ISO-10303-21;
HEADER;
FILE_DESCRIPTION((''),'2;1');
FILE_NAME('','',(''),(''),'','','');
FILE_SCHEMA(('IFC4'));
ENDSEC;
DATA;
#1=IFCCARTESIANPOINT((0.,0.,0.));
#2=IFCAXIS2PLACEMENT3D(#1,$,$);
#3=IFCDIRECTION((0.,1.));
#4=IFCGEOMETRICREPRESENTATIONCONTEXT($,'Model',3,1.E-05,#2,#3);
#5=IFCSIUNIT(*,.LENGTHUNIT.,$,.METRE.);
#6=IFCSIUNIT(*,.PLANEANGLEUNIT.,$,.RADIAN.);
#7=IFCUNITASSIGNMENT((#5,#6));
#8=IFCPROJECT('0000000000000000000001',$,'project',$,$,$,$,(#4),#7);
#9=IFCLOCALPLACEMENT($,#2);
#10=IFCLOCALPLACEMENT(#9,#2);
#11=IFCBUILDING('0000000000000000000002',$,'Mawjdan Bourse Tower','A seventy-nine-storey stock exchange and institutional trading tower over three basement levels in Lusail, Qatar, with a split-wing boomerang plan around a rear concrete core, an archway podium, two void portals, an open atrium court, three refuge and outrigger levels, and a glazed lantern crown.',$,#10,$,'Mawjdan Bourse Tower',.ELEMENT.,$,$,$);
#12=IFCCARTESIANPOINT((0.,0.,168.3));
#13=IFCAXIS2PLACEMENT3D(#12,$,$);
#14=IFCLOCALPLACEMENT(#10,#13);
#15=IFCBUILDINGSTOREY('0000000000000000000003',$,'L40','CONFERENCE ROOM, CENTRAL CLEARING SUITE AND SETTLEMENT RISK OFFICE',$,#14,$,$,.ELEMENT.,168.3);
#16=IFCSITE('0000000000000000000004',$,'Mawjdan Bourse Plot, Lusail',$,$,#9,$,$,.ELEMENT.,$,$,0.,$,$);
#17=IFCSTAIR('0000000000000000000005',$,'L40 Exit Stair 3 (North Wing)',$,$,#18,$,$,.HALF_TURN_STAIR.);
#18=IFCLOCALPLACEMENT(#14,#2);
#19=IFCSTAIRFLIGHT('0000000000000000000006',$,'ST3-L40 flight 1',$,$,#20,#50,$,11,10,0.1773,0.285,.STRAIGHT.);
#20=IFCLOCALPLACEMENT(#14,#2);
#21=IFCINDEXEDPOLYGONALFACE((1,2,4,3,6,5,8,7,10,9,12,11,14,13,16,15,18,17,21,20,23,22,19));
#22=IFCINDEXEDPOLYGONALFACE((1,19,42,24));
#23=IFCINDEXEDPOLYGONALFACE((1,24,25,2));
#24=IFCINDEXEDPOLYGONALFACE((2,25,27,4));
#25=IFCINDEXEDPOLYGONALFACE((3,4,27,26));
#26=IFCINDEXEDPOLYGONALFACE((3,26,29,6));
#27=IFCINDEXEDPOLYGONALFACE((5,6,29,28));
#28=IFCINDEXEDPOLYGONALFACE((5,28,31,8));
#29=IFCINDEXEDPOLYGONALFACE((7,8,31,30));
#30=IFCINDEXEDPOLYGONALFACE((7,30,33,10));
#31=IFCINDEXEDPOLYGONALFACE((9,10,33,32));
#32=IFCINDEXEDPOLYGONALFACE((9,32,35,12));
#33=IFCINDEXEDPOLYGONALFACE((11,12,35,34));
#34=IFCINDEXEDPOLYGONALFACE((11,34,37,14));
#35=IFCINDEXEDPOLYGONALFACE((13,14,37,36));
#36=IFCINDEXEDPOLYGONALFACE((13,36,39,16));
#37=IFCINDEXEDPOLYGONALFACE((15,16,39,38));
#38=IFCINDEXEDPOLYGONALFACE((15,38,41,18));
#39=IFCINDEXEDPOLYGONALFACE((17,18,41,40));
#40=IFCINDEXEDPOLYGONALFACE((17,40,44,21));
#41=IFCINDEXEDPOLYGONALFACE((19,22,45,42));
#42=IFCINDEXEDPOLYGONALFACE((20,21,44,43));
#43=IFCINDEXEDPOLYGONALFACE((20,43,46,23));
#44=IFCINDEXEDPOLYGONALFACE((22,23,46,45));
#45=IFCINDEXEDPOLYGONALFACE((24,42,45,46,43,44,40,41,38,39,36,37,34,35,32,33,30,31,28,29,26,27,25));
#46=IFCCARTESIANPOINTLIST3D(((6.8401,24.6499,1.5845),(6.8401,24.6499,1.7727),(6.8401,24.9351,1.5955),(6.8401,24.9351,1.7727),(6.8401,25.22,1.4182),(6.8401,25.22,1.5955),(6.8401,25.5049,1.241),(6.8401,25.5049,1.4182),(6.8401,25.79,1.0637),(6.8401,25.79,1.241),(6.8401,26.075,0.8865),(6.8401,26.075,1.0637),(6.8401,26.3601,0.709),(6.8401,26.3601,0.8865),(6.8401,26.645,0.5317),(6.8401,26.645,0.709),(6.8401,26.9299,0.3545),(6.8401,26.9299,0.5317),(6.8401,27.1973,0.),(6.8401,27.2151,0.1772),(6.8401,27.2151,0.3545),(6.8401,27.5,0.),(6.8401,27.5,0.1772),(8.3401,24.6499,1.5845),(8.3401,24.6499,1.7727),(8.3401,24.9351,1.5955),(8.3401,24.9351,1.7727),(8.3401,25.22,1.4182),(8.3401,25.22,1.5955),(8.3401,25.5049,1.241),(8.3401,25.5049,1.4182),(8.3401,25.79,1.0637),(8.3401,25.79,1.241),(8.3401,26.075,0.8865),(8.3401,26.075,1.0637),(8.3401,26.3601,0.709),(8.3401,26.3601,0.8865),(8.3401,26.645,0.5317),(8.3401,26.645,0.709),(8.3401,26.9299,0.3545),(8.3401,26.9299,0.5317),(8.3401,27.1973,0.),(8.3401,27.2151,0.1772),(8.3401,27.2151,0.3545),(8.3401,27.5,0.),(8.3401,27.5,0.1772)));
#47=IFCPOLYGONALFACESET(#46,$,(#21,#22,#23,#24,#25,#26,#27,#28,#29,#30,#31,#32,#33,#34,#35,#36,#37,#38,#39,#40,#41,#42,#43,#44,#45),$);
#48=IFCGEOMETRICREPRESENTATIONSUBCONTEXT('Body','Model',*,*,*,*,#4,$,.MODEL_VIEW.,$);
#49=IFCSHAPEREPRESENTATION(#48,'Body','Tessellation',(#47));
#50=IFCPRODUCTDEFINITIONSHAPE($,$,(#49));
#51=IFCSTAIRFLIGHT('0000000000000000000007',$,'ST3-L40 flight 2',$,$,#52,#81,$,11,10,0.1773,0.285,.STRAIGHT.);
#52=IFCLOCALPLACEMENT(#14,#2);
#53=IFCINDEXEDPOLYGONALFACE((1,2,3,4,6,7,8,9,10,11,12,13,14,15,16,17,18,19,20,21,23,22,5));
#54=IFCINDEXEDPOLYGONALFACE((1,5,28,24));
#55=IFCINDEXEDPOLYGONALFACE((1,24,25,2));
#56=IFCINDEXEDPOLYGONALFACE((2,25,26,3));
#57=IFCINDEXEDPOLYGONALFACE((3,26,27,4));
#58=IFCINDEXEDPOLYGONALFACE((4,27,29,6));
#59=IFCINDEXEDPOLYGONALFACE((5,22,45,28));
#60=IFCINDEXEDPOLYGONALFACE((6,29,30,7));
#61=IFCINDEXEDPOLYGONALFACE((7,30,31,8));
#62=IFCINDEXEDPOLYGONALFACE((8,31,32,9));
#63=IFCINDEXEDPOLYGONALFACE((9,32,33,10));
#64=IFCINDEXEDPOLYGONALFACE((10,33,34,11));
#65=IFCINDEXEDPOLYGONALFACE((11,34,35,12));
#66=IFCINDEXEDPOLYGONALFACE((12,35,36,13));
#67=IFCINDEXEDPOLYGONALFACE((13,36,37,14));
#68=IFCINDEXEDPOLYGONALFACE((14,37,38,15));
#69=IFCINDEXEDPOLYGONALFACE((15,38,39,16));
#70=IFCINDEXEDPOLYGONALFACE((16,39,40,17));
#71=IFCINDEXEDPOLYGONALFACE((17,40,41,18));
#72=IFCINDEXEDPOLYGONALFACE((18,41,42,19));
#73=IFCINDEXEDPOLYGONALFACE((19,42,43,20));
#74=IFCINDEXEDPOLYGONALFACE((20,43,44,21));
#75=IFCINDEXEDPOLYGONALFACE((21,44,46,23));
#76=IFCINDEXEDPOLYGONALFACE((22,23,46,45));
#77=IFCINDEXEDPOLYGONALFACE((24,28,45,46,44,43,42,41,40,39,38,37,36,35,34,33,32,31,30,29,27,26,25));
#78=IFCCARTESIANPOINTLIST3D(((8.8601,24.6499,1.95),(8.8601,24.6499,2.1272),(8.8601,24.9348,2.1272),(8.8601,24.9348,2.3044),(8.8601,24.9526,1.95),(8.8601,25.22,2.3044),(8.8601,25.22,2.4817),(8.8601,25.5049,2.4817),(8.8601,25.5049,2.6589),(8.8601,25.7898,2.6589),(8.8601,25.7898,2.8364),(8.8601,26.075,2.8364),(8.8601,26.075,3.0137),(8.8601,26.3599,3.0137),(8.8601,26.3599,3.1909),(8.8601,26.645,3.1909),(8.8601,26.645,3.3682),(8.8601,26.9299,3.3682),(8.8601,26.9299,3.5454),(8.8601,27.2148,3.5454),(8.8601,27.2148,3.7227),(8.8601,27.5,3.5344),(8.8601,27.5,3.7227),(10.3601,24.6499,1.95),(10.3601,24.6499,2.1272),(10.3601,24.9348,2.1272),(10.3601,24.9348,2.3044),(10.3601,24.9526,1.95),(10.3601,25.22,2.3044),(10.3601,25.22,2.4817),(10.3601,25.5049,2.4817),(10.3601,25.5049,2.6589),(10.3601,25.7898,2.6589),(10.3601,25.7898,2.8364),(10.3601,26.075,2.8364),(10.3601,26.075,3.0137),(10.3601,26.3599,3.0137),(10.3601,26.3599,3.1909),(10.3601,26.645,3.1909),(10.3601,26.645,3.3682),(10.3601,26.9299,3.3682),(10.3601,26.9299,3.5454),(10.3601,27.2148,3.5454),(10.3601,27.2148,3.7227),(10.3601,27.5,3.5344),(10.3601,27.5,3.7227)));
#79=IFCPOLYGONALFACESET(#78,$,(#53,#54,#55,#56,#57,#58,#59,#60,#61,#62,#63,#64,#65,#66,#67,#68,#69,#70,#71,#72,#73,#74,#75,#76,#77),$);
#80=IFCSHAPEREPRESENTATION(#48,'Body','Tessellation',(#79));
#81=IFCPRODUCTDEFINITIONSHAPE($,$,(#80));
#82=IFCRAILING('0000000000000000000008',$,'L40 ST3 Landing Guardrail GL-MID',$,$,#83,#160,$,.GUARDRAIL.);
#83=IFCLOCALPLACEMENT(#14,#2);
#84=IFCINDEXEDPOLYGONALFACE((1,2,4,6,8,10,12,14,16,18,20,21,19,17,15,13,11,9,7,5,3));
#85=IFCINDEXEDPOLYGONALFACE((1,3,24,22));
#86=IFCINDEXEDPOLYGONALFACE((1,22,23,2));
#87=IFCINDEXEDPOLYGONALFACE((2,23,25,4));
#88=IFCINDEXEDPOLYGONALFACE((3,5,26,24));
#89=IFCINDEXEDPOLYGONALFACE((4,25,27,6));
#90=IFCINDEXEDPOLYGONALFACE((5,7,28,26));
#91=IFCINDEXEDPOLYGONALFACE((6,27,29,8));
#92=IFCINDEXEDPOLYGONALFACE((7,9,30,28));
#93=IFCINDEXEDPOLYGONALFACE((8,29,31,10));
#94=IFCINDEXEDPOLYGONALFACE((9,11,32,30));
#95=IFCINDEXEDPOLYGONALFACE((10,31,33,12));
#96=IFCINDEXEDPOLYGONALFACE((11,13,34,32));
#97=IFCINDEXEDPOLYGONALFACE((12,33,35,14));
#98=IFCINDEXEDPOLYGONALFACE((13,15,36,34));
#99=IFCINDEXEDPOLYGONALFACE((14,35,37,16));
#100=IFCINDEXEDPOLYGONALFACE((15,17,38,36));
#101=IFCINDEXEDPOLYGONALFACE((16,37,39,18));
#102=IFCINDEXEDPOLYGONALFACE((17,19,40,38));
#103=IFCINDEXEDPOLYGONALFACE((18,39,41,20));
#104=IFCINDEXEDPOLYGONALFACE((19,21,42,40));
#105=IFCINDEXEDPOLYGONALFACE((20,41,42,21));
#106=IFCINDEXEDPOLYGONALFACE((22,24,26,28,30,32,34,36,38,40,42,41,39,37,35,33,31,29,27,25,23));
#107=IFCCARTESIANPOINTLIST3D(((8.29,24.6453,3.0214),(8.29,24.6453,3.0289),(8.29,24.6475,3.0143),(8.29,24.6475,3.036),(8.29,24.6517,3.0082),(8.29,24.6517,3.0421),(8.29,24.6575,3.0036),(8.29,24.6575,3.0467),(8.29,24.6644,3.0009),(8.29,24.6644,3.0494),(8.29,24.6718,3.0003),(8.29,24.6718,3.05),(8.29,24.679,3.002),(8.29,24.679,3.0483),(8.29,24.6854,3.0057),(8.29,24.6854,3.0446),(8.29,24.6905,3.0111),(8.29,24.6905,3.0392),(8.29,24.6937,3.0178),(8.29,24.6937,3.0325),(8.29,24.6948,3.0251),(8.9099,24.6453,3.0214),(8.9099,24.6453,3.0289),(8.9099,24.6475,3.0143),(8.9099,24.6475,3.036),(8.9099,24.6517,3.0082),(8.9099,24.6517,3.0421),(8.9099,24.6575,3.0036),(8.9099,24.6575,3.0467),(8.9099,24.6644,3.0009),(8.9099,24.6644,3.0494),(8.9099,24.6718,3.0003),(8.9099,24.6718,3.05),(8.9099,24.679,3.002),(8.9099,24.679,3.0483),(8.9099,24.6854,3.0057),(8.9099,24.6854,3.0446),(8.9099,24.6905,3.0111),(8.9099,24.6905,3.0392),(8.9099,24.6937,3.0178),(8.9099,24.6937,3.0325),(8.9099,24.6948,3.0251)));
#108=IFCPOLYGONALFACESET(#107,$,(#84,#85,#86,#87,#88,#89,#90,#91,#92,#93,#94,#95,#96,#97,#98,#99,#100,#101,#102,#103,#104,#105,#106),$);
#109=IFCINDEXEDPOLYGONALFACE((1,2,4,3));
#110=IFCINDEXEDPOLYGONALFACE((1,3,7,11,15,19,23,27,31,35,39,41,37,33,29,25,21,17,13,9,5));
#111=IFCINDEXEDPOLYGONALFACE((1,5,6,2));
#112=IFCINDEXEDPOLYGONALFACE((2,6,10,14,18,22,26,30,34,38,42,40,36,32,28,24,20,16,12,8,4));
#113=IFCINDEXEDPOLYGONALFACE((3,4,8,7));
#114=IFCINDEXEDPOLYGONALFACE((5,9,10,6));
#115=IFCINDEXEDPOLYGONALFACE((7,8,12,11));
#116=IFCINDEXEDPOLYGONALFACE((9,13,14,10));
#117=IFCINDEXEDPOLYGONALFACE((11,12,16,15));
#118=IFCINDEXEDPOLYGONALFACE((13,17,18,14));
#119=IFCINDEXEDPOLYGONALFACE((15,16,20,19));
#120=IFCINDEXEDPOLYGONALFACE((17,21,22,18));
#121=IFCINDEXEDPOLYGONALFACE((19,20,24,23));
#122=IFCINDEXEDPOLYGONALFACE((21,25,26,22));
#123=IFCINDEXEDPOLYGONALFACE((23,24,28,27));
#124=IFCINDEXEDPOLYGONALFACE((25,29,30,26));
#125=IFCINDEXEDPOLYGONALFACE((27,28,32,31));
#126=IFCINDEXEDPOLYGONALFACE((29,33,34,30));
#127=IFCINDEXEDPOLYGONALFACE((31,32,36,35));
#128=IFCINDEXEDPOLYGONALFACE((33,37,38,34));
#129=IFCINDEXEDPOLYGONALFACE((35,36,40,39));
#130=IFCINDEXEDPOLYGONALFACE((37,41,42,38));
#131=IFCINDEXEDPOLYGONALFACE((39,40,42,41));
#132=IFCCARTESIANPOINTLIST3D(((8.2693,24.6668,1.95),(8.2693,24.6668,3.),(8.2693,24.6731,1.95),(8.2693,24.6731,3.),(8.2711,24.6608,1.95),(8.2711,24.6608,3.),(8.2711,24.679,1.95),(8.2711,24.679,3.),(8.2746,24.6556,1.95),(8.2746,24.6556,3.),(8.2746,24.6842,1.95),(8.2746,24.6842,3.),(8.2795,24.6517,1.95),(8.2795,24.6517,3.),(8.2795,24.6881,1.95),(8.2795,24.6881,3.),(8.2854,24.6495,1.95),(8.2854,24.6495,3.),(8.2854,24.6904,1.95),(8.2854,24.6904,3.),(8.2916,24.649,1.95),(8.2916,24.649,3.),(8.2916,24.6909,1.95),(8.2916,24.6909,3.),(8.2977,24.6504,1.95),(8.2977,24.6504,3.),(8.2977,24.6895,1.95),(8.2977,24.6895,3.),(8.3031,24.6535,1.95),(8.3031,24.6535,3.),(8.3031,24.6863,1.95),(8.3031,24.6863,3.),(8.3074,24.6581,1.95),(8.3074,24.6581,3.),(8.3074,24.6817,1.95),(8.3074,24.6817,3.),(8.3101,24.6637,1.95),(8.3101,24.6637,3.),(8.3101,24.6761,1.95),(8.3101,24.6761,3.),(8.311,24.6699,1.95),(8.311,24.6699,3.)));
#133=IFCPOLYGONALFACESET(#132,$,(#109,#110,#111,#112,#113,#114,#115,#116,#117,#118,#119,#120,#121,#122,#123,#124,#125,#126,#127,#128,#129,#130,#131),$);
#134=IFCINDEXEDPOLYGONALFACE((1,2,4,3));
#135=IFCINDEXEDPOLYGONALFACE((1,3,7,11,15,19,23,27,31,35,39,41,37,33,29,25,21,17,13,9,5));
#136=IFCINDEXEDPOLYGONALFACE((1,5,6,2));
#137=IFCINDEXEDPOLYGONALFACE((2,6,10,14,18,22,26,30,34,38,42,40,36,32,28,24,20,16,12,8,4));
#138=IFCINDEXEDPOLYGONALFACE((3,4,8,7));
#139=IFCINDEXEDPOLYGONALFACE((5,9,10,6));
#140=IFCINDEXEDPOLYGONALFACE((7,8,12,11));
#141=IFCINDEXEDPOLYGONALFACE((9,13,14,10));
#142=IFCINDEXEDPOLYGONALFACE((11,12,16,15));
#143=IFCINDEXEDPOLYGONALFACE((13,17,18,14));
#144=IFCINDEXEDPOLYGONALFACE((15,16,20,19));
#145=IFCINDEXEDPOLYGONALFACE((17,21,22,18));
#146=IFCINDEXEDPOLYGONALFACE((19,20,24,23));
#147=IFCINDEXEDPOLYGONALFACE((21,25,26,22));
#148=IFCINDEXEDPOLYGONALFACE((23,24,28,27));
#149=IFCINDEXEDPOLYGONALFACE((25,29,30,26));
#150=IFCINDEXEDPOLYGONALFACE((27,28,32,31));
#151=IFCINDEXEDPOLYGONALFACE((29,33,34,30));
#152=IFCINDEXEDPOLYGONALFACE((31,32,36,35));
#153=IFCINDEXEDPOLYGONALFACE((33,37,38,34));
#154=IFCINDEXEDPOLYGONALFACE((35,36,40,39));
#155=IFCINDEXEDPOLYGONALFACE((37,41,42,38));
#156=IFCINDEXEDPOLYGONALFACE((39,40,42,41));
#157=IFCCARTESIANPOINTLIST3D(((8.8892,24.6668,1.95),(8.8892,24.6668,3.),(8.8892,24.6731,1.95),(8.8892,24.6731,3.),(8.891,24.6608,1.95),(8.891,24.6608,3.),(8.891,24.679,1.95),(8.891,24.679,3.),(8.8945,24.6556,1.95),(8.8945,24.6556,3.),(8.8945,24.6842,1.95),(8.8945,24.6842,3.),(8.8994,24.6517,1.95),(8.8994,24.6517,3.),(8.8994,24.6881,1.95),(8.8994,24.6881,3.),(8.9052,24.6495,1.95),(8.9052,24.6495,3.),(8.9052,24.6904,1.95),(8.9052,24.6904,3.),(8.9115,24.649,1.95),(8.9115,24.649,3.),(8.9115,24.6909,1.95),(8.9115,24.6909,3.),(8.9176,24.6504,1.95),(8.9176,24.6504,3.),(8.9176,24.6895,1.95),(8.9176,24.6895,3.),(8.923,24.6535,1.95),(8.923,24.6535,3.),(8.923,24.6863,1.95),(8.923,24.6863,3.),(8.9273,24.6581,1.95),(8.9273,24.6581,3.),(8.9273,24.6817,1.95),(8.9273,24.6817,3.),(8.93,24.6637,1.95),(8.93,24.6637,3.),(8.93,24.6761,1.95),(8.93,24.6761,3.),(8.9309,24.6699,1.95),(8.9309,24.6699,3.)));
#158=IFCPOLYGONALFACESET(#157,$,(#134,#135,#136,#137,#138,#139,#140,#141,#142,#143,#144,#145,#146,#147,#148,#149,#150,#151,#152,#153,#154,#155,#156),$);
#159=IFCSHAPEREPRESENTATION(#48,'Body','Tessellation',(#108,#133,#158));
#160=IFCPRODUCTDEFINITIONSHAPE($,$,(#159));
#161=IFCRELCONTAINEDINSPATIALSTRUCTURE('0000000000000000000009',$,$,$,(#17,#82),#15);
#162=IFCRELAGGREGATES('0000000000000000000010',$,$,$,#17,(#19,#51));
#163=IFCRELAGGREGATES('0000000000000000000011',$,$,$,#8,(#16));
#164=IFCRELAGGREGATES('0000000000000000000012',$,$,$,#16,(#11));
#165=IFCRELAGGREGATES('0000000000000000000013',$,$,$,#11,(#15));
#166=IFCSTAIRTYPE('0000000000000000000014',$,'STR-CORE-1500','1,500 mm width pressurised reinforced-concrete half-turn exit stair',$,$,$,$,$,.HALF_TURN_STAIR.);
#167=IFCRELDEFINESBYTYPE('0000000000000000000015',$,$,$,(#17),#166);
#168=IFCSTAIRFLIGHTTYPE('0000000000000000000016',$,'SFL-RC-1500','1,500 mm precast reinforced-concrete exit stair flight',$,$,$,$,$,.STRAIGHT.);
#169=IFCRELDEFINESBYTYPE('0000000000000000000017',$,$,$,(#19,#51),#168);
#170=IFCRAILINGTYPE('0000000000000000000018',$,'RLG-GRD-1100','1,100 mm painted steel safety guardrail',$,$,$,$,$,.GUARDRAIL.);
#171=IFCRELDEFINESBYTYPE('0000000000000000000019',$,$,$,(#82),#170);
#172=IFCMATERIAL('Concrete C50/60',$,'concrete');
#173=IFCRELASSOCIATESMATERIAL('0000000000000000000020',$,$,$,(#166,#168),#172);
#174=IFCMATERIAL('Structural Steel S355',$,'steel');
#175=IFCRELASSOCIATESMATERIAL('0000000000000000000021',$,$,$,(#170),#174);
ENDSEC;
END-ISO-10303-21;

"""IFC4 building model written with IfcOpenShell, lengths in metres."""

from ifc_helpers import new_model, si_unit, direction, frame, origin, origin_2d, place, context, subcontext, project, spatial, polyline, circle, outline, extrude, material, type_object, element, aggregate, save


model = new_model("IFC4")

# Units and contexts
model_context = context("Model", 3, precision=1e-05, world=origin(), true_north=direction((0.0, 1.0)))
body_context = subcontext(model_context, "Body", "Model", "MODEL_VIEW")
ifc_project = project(units=[si_unit("LENGTHUNIT", "METRE"), si_unit("PLANEANGLEUNIT", "RADIAN")], contexts=[model_context])

# Site, building, storey
site_placement = place(None, origin())
site = spatial("IfcSite", under=ifc_project, at=site_placement, Name="Mawjdan Bourse Plot, Lusail", CompositionType="ELEMENT", RefElevation=0.0)
building_placement = place(site_placement, origin())
building = spatial("IfcBuilding", under=site, at=building_placement, Name="Mawjdan Bourse Tower", Description="A seventy-nine-storey stock exchange and institutional trading tower over three basement levels in Lusail, Qatar, with a split-wing boomerang plan around a rear concrete core, an archway podium, two void portals, an open atrium court, three refuge and outrigger levels, and a glazed lantern crown.", LongName="Mawjdan Bourse Tower", CompositionType="ELEMENT")
storey_placement = place(building_placement, frame((0.0, 0.0, 168.3)))
storey = spatial("IfcBuildingStorey", under=building, at=storey_placement, Name="L40", Description="CONFERENCE ROOM, CENTRAL CLEARING SUITE AND SETTLEMENT RISK OFFICE", CompositionType="ELEMENT", Elevation=168.3)

# Shared definitions
ifc_material_1 = material(Name="Structural Steel S355", Category="steel")

# Shared definitions
ifc_material_2 = material(Name="Concrete C50/60", Category="concrete")

# Stair, stair flights
stair_type = type_object("IfcStairType", Name="STR-CORE-1500", Description="1,500 mm width pressurised reinforced-concrete half-turn exit stair", PredefinedType="HALF_TURN_STAIR", material=ifc_material_2)
stair_placement = place(storey_placement, origin())
stair = element("IfcStair", 1, at=stair_placement, inside=storey, type_object=stair_type, Name="L40 Exit Stair 3 (North Wing)", PredefinedType="HALF_TURN_STAIR")
stair_flight_type = type_object("IfcStairFlightType", Name="SFL-RC-1500", Description="1,500 mm precast reinforced-concrete exit stair flight", PredefinedType="STRAIGHT", material=ifc_material_2)
stair_flight_1_placement = place(storey_placement, frame((7.5901, 27.5, 0.0), z_axis=(0.0, 0.0, 1.0), x_axis=(0.0, -1.0, 0.0)))
stair_flight_1 = element("IfcStairFlight", 2, at=stair_flight_1_placement, type_object=stair_flight_type, Name="ST3-L40 flight 1", NumberOfRisers=11, NumberOfTreads=10, PredefinedType="STRAIGHT", RiserHeight=0.1773, TreadLength=0.285, context=body_context, shape_type="SweptSolid", body=[
    extrude(outline(polyline([(0.0, 0.0), (0.0, 0.1772), (0.2849, 0.1772), (0.2849, 0.3545), (0.5701, 0.3545), (0.5701, 0.5317), (0.855, 0.5317), (0.855, 0.709), (1.1399, 0.709), (1.1399, 0.8865), (1.425, 0.8865), (1.425, 1.0637), (1.71, 1.0637), (1.71, 1.241), (1.9951, 1.241), (1.9951, 1.4182), (2.28, 1.4182), (2.28, 1.5955), (2.5649, 1.5955), (2.5649, 1.7727), (2.8501, 1.7727), (2.8501, 1.95), (2.8501, 1.5845), (0.3027, 0.0), (0.0, 0.0)])), frame((0.0, 0.75, 0.0), z_axis=(0.0, -1.0, 0.0), x_axis=(1.0, 0.0, 0.0)), (0.0, 0.0, 1.0), 1.5),
])
stair_flight_2_placement = place(storey_placement, frame((9.6101, 24.6499, 1.95), z_axis=(0.0, 0.0, 1.0), x_axis=(0.0, 1.0, 0.0)))
stair_flight_2 = element("IfcStairFlight", 3, at=stair_flight_2_placement, type_object=stair_flight_type, Name="ST3-L40 flight 2", NumberOfRisers=11, NumberOfTreads=10, PredefinedType="STRAIGHT", RiserHeight=0.1773, TreadLength=0.285, context=body_context, shape_type="SweptSolid", body=[
    extrude(outline(polyline([(0.0, 0.0), (0.0, 0.1772), (0.2849, 0.1772), (0.2849, 0.3545), (0.5701, 0.3545), (0.5701, 0.5317), (0.855, 0.5317), (0.855, 0.709), (1.1399, 0.709), (1.1399, 0.8865), (1.425, 0.8865), (1.425, 1.0637), (1.71, 1.0637), (1.71, 1.241), (1.9951, 1.241), (1.9951, 1.4182), (2.28, 1.4182), (2.28, 1.5955), (2.5649, 1.5955), (2.5649, 1.7727), (2.8501, 1.7727), (2.8501, 1.95), (2.8501, 1.5845), (0.3027, 0.0), (0.0, 0.0)])), frame((0.0, 0.75, 0.0), z_axis=(0.0, -1.0, 0.0), x_axis=(1.0, 0.0, 0.0)), (0.0, 0.0, 1.0), 1.5),
])
aggregate(stair, [stair_flight_1, stair_flight_2])

# Railing
railing_type_1 = type_object("IfcRailingType", Name="RLG-GRD-1100", Description="1,100 mm painted steel safety guardrail", PredefinedType="GUARDRAIL", material=ifc_material_1)
for number, where, name in (
    (4, (8.29, 24.6699, 1.95), "L40 ST3 Landing Guardrail GL-MID"),
):
    element("IfcRailing", number, at=place(storey_placement, frame(where)), inside=storey, type_object=railing_type_1, Name=name, PredefinedType="GUARDRAIL", context=body_context, shape_type="SweptSolid", body=[
        extrude(circle(Radius=0.0249, at=origin_2d()), frame((0.0, 0.0, 1.0752), z_axis=(1.0, 0.0, 0.0), x_axis=(0.0, 1.0, 0.0)), (0.0, 0.0, 1.0), 0.6199),
        extrude(circle(Radius=0.021, at=origin_2d()), origin(), (0.0, 0.0, 1.0), 1.05),
        extrude(circle(Radius=0.021, at=origin_2d()), frame((0.6199, 0.0, 0.0)), (0.0, 0.0, 1.0), 1.05),
    ])

save(model, "model.ifc")
